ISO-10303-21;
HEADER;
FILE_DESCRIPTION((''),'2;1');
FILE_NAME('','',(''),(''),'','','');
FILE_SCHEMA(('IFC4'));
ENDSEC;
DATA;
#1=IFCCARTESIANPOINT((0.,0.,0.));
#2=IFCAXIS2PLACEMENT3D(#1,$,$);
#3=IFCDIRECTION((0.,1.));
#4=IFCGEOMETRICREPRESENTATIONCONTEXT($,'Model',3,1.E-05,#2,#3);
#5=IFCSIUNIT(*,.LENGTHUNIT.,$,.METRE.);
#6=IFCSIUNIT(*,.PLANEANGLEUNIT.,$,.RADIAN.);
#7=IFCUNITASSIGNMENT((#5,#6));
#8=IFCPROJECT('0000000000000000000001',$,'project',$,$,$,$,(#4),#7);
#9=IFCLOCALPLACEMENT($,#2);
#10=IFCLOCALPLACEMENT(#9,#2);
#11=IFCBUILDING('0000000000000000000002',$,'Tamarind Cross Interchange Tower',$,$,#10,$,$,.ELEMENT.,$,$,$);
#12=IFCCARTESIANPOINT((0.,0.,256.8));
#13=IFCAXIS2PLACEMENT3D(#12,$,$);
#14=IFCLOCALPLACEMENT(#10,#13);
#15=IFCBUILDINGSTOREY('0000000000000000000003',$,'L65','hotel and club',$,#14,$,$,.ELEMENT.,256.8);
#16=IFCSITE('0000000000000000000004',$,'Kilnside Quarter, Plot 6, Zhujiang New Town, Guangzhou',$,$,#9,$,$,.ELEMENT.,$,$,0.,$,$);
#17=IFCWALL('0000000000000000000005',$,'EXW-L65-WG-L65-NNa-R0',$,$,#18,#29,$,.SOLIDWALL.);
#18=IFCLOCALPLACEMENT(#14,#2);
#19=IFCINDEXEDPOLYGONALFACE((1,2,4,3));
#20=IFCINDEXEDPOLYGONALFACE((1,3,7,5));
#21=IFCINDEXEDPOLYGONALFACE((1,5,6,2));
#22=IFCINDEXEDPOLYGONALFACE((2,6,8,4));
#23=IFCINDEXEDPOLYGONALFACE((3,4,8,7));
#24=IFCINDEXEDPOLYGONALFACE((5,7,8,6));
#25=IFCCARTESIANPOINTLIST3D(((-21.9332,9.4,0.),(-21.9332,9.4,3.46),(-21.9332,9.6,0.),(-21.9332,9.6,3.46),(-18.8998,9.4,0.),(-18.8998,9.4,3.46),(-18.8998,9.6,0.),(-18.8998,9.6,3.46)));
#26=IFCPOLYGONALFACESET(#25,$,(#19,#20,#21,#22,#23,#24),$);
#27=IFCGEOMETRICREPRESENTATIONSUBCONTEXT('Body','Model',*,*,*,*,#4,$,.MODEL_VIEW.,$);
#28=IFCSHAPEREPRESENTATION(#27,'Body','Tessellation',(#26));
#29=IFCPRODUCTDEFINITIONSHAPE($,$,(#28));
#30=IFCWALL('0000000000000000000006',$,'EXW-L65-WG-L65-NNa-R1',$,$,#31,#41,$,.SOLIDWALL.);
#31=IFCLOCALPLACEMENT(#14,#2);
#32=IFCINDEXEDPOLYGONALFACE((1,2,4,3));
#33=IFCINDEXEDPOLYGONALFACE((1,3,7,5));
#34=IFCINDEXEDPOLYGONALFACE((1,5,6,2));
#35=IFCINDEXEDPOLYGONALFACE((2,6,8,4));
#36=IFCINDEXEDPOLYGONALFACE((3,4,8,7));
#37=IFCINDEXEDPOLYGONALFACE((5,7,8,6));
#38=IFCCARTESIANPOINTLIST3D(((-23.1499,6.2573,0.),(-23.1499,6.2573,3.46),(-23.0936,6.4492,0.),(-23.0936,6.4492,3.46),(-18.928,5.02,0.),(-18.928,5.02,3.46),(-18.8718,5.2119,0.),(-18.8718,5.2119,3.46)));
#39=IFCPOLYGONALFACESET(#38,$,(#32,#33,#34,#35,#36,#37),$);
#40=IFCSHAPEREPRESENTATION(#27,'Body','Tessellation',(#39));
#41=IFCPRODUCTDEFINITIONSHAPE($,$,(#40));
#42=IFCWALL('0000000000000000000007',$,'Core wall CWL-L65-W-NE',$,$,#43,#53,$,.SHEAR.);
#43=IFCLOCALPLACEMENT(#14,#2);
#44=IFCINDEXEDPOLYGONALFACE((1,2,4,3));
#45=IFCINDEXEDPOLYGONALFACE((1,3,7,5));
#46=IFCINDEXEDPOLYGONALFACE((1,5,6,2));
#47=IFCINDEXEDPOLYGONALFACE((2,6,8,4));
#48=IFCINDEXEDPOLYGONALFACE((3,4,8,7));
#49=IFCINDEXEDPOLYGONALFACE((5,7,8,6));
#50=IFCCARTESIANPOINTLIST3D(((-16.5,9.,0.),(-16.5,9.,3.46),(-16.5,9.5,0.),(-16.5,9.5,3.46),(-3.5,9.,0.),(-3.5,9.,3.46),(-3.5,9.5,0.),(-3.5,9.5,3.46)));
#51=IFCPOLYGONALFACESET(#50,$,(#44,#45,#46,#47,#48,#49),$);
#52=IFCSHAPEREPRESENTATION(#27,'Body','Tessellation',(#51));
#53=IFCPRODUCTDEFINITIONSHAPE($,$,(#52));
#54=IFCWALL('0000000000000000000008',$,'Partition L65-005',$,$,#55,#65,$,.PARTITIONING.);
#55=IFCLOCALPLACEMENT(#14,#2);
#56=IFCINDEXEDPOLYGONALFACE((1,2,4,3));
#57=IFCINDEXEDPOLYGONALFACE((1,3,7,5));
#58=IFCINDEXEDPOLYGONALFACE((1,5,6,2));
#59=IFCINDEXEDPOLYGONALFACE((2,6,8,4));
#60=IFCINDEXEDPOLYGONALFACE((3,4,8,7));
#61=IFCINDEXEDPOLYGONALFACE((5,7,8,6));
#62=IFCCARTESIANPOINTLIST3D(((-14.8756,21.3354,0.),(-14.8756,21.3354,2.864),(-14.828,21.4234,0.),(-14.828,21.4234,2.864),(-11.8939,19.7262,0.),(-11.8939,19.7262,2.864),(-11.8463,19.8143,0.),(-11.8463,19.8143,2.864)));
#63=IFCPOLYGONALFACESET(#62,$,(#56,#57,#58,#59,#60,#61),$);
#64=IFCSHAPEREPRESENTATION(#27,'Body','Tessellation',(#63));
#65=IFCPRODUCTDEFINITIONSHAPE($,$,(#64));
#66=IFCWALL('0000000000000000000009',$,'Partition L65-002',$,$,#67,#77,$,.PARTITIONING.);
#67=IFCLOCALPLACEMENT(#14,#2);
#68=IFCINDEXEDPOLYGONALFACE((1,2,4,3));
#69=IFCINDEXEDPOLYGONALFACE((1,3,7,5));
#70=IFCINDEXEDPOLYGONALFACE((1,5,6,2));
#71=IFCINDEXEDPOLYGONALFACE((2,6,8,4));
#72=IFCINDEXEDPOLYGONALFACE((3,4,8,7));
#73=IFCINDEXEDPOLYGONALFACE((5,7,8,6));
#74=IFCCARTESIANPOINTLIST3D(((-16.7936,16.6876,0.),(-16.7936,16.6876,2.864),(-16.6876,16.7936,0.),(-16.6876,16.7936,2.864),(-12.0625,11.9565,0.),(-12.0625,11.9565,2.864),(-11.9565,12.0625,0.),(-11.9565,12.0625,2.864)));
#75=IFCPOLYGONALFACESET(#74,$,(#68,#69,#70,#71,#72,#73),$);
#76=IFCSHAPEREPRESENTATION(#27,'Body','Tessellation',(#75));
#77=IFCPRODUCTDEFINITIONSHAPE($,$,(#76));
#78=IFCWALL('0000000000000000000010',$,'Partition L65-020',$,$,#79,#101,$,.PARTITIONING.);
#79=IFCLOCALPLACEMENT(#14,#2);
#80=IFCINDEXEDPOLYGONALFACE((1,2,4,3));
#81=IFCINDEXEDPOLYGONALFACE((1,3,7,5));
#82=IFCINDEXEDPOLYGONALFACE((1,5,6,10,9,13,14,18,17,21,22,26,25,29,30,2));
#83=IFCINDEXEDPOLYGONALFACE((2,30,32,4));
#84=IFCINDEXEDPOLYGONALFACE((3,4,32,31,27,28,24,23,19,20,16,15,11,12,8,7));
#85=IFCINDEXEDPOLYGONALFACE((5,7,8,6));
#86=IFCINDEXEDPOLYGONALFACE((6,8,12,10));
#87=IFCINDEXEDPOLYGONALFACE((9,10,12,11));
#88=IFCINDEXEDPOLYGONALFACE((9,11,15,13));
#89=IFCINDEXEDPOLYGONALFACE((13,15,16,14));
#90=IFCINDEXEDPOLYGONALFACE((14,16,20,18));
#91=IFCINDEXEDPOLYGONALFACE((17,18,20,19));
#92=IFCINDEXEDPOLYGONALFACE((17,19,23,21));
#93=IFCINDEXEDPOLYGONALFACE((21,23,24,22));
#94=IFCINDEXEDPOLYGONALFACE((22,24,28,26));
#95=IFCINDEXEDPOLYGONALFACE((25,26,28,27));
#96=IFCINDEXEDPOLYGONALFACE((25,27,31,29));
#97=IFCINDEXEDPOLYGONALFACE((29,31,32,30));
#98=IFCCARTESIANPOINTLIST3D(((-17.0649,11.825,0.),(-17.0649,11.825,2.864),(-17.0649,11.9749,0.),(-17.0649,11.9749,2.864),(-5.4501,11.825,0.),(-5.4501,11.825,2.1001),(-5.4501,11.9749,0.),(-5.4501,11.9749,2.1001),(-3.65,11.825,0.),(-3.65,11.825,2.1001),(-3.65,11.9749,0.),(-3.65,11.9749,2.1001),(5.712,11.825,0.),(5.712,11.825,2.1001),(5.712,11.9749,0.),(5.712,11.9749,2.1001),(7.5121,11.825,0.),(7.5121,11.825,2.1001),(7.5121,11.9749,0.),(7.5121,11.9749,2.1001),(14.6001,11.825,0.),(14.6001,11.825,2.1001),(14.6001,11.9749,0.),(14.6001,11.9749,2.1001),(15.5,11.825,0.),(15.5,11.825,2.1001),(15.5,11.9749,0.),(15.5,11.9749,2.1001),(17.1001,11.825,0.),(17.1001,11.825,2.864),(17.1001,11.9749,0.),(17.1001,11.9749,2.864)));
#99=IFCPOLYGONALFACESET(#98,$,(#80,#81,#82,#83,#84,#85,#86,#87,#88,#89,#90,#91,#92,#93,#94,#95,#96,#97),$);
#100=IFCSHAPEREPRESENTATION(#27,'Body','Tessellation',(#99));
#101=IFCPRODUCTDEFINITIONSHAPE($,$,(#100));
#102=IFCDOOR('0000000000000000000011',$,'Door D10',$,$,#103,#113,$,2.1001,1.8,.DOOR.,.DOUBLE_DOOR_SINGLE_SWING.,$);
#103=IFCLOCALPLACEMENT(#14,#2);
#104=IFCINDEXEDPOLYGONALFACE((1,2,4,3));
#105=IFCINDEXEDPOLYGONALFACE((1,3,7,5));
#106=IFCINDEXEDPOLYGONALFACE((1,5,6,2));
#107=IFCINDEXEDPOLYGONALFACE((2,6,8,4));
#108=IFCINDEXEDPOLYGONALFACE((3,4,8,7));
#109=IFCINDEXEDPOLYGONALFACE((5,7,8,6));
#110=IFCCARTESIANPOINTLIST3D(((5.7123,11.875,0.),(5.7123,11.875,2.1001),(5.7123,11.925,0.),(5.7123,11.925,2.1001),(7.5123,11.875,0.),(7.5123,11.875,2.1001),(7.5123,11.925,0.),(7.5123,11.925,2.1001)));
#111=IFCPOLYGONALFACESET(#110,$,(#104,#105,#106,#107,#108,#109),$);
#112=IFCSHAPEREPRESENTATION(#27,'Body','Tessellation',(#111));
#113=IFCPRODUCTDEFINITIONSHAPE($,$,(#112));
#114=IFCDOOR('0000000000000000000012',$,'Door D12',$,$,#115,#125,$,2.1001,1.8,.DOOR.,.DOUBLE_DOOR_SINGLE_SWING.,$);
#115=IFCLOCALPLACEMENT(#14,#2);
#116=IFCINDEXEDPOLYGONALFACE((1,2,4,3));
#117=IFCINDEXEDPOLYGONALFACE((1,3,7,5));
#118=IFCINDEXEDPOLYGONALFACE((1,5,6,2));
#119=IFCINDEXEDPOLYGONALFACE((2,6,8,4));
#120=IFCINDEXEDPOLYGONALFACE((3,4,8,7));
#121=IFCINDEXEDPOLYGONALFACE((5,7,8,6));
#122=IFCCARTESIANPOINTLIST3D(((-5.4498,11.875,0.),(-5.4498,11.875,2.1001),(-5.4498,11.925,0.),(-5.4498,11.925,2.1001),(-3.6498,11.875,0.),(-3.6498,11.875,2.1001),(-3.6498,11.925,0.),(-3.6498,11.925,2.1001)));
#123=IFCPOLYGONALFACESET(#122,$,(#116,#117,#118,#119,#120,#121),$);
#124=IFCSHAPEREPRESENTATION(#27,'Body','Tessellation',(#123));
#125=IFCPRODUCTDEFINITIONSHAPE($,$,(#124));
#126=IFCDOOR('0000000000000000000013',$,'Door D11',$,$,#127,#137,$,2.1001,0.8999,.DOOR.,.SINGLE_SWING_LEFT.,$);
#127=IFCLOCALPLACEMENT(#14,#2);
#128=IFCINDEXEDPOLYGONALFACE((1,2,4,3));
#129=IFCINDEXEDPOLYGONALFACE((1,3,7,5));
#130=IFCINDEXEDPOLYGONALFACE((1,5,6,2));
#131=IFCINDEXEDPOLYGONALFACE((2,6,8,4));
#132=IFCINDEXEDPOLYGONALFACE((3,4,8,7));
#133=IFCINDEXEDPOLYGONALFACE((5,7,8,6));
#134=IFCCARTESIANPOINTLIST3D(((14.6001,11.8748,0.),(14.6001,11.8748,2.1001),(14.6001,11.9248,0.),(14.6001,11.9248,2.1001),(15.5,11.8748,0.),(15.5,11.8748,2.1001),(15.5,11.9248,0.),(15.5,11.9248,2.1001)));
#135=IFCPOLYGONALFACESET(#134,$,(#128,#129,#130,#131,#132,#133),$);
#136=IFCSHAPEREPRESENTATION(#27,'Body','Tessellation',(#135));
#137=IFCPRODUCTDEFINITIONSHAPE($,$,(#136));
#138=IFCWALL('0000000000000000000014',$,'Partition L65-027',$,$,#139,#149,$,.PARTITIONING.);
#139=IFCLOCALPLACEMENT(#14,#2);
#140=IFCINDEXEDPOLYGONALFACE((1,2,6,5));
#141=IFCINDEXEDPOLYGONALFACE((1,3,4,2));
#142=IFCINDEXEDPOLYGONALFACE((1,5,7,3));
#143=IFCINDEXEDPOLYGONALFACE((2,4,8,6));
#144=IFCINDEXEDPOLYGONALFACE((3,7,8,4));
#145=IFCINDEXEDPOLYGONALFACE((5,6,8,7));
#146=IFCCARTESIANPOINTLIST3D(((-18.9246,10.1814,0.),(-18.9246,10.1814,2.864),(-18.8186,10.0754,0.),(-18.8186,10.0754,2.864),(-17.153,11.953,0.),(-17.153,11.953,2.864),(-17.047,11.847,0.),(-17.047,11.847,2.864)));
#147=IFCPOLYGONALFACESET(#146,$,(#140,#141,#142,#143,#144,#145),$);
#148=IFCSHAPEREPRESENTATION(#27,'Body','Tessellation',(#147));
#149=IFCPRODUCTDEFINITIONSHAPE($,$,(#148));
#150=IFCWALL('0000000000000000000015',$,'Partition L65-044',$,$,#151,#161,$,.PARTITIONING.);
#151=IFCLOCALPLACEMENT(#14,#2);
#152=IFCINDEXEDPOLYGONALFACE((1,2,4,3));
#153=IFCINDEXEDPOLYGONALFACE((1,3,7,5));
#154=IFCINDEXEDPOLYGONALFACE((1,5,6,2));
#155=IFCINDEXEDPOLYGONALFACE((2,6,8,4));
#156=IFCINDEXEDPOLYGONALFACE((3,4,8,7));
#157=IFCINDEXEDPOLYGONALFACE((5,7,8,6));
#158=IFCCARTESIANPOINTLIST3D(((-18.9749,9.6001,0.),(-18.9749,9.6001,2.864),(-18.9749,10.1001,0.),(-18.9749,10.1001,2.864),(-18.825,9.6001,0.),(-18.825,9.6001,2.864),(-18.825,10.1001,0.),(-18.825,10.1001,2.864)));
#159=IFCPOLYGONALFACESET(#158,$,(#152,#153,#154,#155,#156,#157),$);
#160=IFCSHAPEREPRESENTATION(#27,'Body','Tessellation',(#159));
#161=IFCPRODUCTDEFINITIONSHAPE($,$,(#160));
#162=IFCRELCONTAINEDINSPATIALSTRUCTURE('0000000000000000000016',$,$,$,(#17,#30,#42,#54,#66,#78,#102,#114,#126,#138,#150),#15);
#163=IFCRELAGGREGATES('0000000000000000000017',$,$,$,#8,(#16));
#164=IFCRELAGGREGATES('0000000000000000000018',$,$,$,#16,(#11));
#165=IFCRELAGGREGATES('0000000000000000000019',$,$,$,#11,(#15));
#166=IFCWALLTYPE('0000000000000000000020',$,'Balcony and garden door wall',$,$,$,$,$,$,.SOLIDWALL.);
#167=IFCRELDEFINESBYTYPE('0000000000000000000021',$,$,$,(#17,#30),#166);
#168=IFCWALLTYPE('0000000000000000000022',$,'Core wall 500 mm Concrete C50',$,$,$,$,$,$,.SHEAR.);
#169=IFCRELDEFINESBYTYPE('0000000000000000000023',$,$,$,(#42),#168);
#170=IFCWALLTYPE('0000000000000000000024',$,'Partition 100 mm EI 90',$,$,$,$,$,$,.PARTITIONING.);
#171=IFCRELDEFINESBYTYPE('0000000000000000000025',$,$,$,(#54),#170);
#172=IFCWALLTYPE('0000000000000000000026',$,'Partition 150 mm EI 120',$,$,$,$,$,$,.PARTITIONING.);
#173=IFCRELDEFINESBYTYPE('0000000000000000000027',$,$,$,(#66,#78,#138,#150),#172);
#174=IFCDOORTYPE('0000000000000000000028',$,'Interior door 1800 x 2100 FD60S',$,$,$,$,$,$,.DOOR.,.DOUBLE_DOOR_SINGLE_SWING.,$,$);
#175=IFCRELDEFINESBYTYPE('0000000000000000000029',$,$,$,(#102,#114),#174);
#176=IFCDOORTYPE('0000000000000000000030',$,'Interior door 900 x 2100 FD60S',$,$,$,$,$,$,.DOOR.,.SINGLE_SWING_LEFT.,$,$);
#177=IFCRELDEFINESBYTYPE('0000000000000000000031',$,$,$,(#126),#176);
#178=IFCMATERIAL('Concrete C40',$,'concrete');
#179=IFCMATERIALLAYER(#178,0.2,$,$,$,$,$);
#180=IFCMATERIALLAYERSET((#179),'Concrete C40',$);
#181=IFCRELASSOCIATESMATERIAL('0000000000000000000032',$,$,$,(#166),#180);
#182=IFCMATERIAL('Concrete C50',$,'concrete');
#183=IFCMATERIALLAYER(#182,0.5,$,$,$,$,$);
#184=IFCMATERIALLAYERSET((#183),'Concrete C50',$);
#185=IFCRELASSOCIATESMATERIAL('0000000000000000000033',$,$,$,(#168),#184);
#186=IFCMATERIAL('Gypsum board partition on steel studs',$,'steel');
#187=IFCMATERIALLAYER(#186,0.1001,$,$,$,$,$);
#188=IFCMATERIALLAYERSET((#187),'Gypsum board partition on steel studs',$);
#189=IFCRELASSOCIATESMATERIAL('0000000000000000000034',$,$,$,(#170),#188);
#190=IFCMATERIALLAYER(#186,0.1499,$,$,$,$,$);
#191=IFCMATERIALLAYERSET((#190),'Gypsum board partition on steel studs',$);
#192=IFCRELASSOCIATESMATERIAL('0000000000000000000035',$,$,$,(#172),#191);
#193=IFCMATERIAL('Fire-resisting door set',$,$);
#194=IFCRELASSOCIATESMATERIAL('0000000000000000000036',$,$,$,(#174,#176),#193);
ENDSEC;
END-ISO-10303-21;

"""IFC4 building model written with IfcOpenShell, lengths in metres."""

from ifc_helpers import new_model, si_unit, direction, frame, frame_2d, origin, place, context, subcontext, project, spatial, rectangle, extrude, material, layer, layer_set, type_object, element, fill, save


model = new_model("IFC4")

# Units and contexts
model_context = context("Model", 3, precision=1e-05, world=origin(), true_north=direction((0.0, 1.0)))
body_context = subcontext(model_context, "Body", "Model", "MODEL_VIEW")
ifc_project = project(units=[si_unit("LENGTHUNIT", "METRE"), si_unit("PLANEANGLEUNIT", "RADIAN")], contexts=[model_context])

# Site, building, storey
site_placement = place(None, origin())
site = spatial("IfcSite", under=ifc_project, at=site_placement, Name="Kilnside Quarter, Plot 6, Zhujiang New Town, Guangzhou", CompositionType="ELEMENT", RefElevation=0.0)
building_placement = place(site_placement, origin())
building = spatial("IfcBuilding", under=site, at=building_placement, Name="Tamarind Cross Interchange Tower", CompositionType="ELEMENT")
storey_placement = place(building_placement, frame((0.0, 0.0, 256.8)))
storey = spatial("IfcBuildingStorey", under=building, at=storey_placement, Name="L65", Description="hotel and club", CompositionType="ELEMENT", Elevation=256.8)

# Shared definitions
ifc_material_1 = material(Name="Concrete C40", Category="concrete")
ifc_layer_1 = layer(ifc_material_1, 0.2)
ifc_layer_set_1 = layer_set([ifc_layer_1], Name="Concrete C40")
wall_type_1 = type_object("IfcWallType", Name="Balcony and garden door wall", PredefinedType="SOLIDWALL", material=ifc_layer_set_1)

# Walls
wall_1_placement = place(storey_placement, frame((-18.8999, 9.5, 0.0), z_axis=(0.0, 0.0, 1.0), x_axis=(-1.0, 0.0, 0.0)))
element("IfcWall", 1, at=wall_1_placement, inside=storey, type_object=wall_type_1, Name="EXW-L65-WG-L65-NNa-R0", PredefinedType="SOLIDWALL", context=body_context, shape_type="SweptSolid", body=[
    extrude(rectangle(XDim=3.0334, YDim=0.2, at=frame_2d((1.5166, 0.0))), origin(), (0.0, 0.0, 1.0), 3.46),
])
wall_2_placement = place(storey_placement, frame((-18.8999, 5.116, 0.0), z_axis=(0.0, 0.0, 1.0), x_axis=(-0.959638, 0.281238, 0.0)))
element("IfcWall", 2, at=wall_2_placement, inside=storey, type_object=wall_type_1, Name="EXW-L65-WG-L65-NNa-R1", PredefinedType="SOLIDWALL", context=body_context, shape_type="SweptSolid", body=[
    extrude(rectangle(XDim=4.3994, YDim=0.2, at=frame_2d((2.1997, 0.0))), origin(), (0.0, 0.0, 1.0), 3.46),
])
ifc_material_2 = material(Name="Concrete C50", Category="concrete")
ifc_layer_2 = layer(ifc_material_2, 0.5)
ifc_layer_set_2 = layer_set([ifc_layer_2], Name="Concrete C50")
wall_type_2 = type_object("IfcWallType", Name="Core wall 500 mm Concrete C50", PredefinedType="SHEAR", material=ifc_layer_set_2)
wall_3_placement = place(storey_placement, frame((-16.5, 9.25, 0.0), z_axis=(0.0, 0.0, 1.0), x_axis=(1.0, 0.0, 0.0)))
element("IfcWall", 3, at=wall_3_placement, inside=storey, type_object=wall_type_2, Name="Core wall CWL-L65-W-NE", PredefinedType="SHEAR", context=body_context, shape_type="SweptSolid", body=[
    extrude(rectangle(XDim=13.0, YDim=0.5, at=frame_2d((6.5, 0.0))), origin(), (0.0, 0.0, 1.0), 3.46),
])
ifc_material_3 = material(Name="Gypsum board partition on steel studs", Category="steel")
ifc_layer_3 = layer(ifc_material_3, 0.1001)
ifc_layer_set_3 = layer_set([ifc_layer_3], Name="Gypsum board partition on steel studs")
wall_type_3 = type_object("IfcWallType", Name="Partition 100 mm EI 90", PredefinedType="PARTITIONING", material=ifc_layer_set_3)
wall_4_placement = place(storey_placement, frame((-14.8518, 21.3794, 0.0), z_axis=(0.0, 0.0, 1.0), x_axis=(0.880026, -0.474925, 0.0)))
element("IfcWall", 4, at=wall_4_placement, inside=storey, type_object=wall_type_3, Name="Partition L65-005", PredefinedType="PARTITIONING", context=body_context, shape_type="SweptSolid", body=[
    extrude(rectangle(XDim=3.3882, YDim=0.1001, at=frame_2d((1.6941, 0.0))), origin(), (0.0, 0.0, 1.0), 2.864),
])
ifc_layer_4 = layer(ifc_material_3, 0.1499)
ifc_layer_set_4 = layer_set([ifc_layer_4], Name="Gypsum board partition on steel studs")
wall_type_4 = type_object("IfcWallType", Name="Partition 150 mm EI 120", PredefinedType="PARTITIONING", material=ifc_layer_set_4)
wall_5_placement = place(storey_placement, frame((-16.7405, 16.7405, 0.0), z_axis=(0.0, 0.0, 1.0), x_axis=(0.707107, -0.707107, 0.0)))
element("IfcWall", 5, at=wall_5_placement, inside=storey, type_object=wall_type_4, Name="Partition L65-002", PredefinedType="PARTITIONING", context=body_context, shape_type="SweptSolid", body=[
    extrude(rectangle(XDim=6.6907, YDim=0.1499, at=frame_2d((3.3452, 0.0))), origin(), (0.0, 0.0, 1.0), 2.864),
])

# Wall, openings, doors
wall_6_placement = place(storey_placement, frame((-17.0649, 11.8999, 0.0), z_axis=(0.0, 0.0, 1.0), x_axis=(1.0, 0.0, 0.0)))
wall_6 = element("IfcWall", 6, at=wall_6_placement, inside=storey, type_object=wall_type_4, Name="Partition L65-020", PredefinedType="PARTITIONING", context=body_context, shape_type="SweptSolid", body=[
    extrude(rectangle(XDim=34.165, YDim=0.1499, at=frame_2d((17.0825, 0.0))), origin(), (0.0, 0.0, 1.0), 2.864),
])
opening_1_placement = place(wall_6_placement, frame((22.7771, 0.0, 0.0)))
opening_1 = element("IfcOpeningElement", 7, at=opening_1_placement, cuts=wall_6, PredefinedType="OPENING", context=body_context, shape_type="SweptSolid", body=[
    extrude(rectangle(XDim=1.8, YDim=2.1001, at=frame_2d((0.8999, 1.05))), frame((0.0, 0.085, 0.0), z_axis=(0.0, -1.0, 0.0), x_axis=(1.0, 0.0, 0.0)), (0.0, 0.0, 1.0), 0.1699),
])
opening_2_placement = place(wall_6_placement, frame((31.665, 0.0, 0.0)))
opening_2 = element("IfcOpeningElement", 8, at=opening_2_placement, cuts=wall_6, PredefinedType="OPENING", context=body_context, shape_type="SweptSolid", body=[
    extrude(rectangle(XDim=0.8999, YDim=2.1001, at=frame_2d((0.45, 1.05))), frame((0.0, 0.085, 0.0), z_axis=(0.0, -1.0, 0.0), x_axis=(1.0, 0.0, 0.0)), (0.0, 0.0, 1.0), 0.1699),
])
opening_3_placement = place(wall_6_placement, frame((11.615, 0.0, 0.0)))
opening_3 = element("IfcOpeningElement", 9, at=opening_3_placement, cuts=wall_6, PredefinedType="OPENING", context=body_context, shape_type="SweptSolid", body=[
    extrude(rectangle(XDim=1.8, YDim=2.1001, at=frame_2d((0.8999, 1.05))), frame((0.0, 0.085, 0.0), z_axis=(0.0, -1.0, 0.0), x_axis=(1.0, 0.0, 0.0)), (0.0, 0.0, 1.0), 0.1699),
])
ifc_material_4 = material(Name="Fire-resisting door set")
door_type_1 = type_object("IfcDoorType", Name="Interior door 1800 x 2100 FD60S", OperationType="DOUBLE_DOOR_SINGLE_SWING", PredefinedType="DOOR", material=ifc_material_4)
door_1_placement = place(opening_1_placement, frame((1.8, 0.0, 0.0), z_axis=(0.0, 0.0, 1.0), x_axis=(-1.0, 0.0, 0.0)))
door_1 = element("IfcDoor", 10, at=door_1_placement, inside=storey, type_object=door_type_1, Name="Door D10", OperationType="DOUBLE_DOOR_SINGLE_SWING", OverallHeight=2.1001, OverallWidth=1.8, PredefinedType="DOOR", context=body_context, shape_type="SweptSolid", body=[
    extrude(rectangle(XDim=1.8, YDim=2.1001, at=frame_2d((0.8999, 1.05))), frame((0.0, 0.0249, 0.0), z_axis=(0.0, -1.0, 0.0), x_axis=(1.0, 0.0, 0.0)), (0.0, 0.0, 1.0), 0.05),
])
fill(opening_1, door_1)
door_2_placement = place(opening_3_placement, frame((1.8, 0.0, 0.0), z_axis=(0.0, 0.0, 1.0), x_axis=(-1.0, 0.0, 0.0)))
door_2 = element("IfcDoor", 11, at=door_2_placement, inside=storey, type_object=door_type_1, Name="Door D12", OperationType="DOUBLE_DOOR_SINGLE_SWING", OverallHeight=2.1001, OverallWidth=1.8, PredefinedType="DOOR", context=body_context, shape_type="SweptSolid", body=[
    extrude(rectangle(XDim=1.8, YDim=2.1001, at=frame_2d((0.8999, 1.05))), frame((0.0, 0.0249, 0.0), z_axis=(0.0, -1.0, 0.0), x_axis=(1.0, 0.0, 0.0)), (0.0, 0.0, 1.0), 0.05),
])
fill(opening_3, door_2)
door_type_2 = type_object("IfcDoorType", Name="Interior door 900 x 2100 FD60S", OperationType="SINGLE_SWING_LEFT", PredefinedType="DOOR", material=ifc_material_4)
door_3_placement = place(opening_2_placement, origin())
door_3 = element("IfcDoor", 12, at=door_3_placement, inside=storey, type_object=door_type_2, Name="Door D11", OperationType="SINGLE_SWING_LEFT", OverallHeight=2.1001, OverallWidth=0.8999, PredefinedType="DOOR", context=body_context, shape_type="SweptSolid", body=[
    extrude(rectangle(XDim=0.8999, YDim=2.1001, at=frame_2d((0.45, 1.05))), frame((0.0, 0.0249, 0.0), z_axis=(0.0, -1.0, 0.0), x_axis=(1.0, 0.0, 0.0)), (0.0, 0.0, 1.0), 0.05),
])
fill(opening_2, door_3)

# Walls
wall_7_placement = place(storey_placement, frame((-18.8716, 10.1284, 0.0), z_axis=(0.0, 0.0, 1.0), x_axis=(0.707107, 0.707107, 0.0)))
element("IfcWall", 13, at=wall_7_placement, inside=storey, type_object=wall_type_4, Name="Partition L65-027", PredefinedType="PARTITIONING", context=body_context, shape_type="SweptSolid", body=[
    extrude(rectangle(XDim=2.5054, YDim=0.1499, at=frame_2d((1.2527, 0.0))), origin(), (0.0, 0.0, 1.0), 2.864),
])
wall_8_placement = place(storey_placement, frame((-18.8999, 9.6001, 0.0), z_axis=(0.0, 0.0, 1.0), x_axis=(0.0, 1.0, 0.0)))
element("IfcWall", 14, at=wall_8_placement, inside=storey, type_object=wall_type_4, Name="Partition L65-044", PredefinedType="PARTITIONING", context=body_context, shape_type="SweptSolid", body=[
    extrude(rectangle(XDim=0.5, YDim=0.1499, at=frame_2d((0.25, 0.0))), origin(), (0.0, 0.0, 1.0), 2.864),
])

save(model, "model.ifc")
